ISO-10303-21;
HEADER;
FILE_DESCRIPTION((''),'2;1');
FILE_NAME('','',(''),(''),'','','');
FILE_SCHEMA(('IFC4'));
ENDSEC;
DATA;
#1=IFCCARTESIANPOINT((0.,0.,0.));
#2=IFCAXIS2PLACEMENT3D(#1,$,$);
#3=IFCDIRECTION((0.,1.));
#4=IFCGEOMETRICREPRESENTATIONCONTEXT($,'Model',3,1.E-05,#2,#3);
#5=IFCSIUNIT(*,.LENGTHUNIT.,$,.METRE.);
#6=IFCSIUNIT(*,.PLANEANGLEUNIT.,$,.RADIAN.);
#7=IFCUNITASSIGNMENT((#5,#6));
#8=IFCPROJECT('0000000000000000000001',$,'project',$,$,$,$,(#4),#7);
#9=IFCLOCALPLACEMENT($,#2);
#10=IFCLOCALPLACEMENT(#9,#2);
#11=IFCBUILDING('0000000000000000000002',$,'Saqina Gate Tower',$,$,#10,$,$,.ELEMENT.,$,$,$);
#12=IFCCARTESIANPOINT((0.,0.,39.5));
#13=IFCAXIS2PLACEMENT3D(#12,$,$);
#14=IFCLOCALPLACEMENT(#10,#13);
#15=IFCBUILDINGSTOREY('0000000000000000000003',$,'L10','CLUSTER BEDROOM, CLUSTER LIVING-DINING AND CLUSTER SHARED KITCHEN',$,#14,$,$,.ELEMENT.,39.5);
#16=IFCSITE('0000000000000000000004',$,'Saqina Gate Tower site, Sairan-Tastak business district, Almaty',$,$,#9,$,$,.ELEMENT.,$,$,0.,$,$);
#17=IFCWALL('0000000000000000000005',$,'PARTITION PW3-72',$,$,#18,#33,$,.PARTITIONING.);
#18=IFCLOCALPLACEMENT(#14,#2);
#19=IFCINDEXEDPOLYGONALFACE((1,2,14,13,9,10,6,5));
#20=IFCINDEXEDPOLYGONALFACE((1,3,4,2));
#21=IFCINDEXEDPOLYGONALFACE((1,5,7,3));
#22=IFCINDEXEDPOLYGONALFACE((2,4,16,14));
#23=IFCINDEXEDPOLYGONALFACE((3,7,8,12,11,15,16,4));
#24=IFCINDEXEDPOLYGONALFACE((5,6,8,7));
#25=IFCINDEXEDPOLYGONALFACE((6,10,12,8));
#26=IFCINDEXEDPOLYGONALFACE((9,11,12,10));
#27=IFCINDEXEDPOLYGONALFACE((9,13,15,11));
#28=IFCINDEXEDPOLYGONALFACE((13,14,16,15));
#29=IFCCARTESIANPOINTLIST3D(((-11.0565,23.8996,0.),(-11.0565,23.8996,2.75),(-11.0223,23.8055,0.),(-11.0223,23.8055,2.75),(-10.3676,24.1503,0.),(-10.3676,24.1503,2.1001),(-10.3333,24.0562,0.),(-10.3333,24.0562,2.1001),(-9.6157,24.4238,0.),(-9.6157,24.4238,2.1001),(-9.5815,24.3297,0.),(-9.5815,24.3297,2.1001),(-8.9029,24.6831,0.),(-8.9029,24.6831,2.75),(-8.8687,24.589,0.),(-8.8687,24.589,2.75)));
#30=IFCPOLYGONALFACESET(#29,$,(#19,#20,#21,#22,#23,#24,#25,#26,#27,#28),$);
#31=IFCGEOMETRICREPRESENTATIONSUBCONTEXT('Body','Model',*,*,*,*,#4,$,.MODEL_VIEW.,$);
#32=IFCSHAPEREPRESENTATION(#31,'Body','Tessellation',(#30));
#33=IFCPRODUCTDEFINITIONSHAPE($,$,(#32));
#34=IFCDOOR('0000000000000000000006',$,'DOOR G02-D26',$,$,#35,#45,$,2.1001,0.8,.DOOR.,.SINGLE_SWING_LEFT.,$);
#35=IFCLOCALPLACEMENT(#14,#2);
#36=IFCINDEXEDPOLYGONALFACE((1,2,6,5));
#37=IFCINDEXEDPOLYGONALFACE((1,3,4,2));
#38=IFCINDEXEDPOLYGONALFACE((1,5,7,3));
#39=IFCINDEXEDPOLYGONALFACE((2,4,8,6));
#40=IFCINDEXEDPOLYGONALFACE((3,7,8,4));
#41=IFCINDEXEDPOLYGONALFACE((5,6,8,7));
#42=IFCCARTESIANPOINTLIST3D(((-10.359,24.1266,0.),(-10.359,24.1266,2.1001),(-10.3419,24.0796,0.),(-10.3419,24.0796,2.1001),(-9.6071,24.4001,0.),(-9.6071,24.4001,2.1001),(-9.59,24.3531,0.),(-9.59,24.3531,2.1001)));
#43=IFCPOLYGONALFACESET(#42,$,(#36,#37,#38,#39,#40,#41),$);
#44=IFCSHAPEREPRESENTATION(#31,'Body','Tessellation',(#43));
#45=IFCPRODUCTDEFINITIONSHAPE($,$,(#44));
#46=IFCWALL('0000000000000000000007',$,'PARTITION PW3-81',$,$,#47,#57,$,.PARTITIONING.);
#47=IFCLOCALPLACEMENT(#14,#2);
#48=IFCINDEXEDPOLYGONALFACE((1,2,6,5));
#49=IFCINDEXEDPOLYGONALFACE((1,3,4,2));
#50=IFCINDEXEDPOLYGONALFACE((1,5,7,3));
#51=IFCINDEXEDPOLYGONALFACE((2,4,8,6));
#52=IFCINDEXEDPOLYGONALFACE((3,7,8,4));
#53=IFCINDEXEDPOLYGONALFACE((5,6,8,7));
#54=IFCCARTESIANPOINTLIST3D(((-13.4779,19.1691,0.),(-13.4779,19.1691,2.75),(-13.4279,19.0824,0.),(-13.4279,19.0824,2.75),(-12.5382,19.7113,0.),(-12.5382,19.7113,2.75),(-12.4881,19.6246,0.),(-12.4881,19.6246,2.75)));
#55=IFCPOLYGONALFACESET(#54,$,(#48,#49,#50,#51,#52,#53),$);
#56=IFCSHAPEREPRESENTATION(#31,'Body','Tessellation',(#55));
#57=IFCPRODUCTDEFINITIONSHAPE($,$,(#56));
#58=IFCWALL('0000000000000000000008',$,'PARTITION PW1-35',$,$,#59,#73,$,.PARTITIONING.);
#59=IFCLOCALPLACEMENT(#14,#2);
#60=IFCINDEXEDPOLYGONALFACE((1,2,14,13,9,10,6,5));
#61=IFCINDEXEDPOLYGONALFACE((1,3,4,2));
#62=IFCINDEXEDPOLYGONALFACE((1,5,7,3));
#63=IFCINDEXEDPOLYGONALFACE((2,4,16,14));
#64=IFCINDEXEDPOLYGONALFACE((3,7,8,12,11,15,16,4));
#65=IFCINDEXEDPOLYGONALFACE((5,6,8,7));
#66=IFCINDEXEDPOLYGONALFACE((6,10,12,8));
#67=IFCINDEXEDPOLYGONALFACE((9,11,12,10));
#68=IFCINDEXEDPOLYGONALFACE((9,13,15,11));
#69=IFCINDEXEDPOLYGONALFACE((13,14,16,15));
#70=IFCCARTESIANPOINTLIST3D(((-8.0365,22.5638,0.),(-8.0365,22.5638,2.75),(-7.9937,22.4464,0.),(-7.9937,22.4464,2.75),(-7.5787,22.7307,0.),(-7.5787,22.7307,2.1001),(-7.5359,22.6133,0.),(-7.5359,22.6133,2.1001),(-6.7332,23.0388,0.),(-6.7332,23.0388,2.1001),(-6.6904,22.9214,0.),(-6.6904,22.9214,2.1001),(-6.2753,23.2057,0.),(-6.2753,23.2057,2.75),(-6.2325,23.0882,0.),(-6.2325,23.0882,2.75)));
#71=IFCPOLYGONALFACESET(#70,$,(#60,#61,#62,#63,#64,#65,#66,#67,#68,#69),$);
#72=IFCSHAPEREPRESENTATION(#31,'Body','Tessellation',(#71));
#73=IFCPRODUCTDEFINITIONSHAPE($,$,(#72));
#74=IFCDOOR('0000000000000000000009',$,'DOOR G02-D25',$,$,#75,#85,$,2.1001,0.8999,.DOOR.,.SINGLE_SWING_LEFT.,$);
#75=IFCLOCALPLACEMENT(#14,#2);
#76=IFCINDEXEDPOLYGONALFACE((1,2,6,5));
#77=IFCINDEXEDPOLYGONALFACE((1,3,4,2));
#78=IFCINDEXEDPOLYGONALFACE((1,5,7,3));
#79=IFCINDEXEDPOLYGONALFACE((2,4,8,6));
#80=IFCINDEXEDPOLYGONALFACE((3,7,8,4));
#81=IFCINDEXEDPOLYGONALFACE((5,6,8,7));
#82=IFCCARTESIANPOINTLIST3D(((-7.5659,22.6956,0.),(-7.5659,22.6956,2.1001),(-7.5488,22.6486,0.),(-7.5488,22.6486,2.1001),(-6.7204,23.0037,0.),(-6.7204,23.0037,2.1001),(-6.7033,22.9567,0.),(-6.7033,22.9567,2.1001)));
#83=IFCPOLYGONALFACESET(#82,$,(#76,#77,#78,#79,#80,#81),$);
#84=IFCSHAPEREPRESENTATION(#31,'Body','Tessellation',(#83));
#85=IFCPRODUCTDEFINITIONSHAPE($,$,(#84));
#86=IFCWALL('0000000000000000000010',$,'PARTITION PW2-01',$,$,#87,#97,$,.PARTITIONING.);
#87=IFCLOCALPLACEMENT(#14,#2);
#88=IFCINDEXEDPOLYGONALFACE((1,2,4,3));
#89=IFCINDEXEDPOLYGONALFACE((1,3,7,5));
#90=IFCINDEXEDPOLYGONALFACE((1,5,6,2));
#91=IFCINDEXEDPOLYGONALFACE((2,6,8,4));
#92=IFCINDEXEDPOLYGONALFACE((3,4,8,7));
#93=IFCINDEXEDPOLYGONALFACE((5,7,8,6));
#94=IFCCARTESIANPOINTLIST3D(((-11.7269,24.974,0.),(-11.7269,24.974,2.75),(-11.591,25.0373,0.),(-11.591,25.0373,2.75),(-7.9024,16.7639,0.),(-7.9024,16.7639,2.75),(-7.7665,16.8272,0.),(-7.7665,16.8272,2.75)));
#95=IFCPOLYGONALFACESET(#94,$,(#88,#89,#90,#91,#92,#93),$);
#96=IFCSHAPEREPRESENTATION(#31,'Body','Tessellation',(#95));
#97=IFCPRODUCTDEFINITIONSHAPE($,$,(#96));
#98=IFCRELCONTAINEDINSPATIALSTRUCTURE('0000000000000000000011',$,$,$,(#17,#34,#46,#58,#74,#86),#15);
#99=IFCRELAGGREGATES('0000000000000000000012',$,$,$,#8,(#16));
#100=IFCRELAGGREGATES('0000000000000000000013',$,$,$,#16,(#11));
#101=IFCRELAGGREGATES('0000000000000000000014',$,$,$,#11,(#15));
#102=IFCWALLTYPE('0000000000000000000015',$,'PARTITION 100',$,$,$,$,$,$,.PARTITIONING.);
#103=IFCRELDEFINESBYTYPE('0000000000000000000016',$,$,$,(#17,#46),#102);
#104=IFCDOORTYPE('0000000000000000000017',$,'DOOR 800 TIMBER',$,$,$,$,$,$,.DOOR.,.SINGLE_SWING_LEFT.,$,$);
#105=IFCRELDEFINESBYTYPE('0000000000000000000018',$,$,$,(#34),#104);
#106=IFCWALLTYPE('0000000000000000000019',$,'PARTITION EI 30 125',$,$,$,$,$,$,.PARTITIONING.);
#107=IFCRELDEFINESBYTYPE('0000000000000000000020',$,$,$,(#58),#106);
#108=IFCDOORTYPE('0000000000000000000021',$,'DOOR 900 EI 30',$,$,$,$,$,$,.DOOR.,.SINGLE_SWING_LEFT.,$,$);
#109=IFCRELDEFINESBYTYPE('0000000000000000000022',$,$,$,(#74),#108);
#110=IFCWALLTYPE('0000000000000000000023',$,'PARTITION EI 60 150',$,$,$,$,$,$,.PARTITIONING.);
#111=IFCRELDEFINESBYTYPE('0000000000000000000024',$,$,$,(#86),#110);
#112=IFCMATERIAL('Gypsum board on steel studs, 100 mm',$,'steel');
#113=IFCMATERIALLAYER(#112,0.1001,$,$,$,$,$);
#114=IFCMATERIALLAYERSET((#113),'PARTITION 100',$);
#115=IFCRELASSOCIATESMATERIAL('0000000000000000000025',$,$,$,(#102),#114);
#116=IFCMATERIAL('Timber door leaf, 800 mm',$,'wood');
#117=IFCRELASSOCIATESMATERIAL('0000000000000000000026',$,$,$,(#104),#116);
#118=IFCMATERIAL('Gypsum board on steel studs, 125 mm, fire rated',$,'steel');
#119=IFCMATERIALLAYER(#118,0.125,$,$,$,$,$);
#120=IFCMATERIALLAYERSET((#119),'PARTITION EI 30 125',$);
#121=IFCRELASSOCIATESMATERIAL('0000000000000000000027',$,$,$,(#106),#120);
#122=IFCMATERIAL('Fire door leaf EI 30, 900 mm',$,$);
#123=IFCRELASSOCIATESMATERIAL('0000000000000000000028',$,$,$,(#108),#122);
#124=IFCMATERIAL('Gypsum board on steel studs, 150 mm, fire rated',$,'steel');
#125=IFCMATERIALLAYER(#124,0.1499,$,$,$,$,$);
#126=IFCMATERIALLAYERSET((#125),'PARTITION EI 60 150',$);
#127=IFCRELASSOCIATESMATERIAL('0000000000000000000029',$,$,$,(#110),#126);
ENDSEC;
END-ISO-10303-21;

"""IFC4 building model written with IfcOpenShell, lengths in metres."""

from ifc_helpers import new_model, si_unit, direction, frame, frame_2d, origin, place, context, subcontext, project, spatial, rectangle, extrude, material, layer, layer_set, type_object, element, fill, save


model = new_model("IFC4")

# Units and contexts
model_context = context("Model", 3, precision=1e-05, world=origin(), true_north=direction((0.0, 1.0)))
body_context = subcontext(model_context, "Body", "Model", "MODEL_VIEW")
ifc_project = project(units=[si_unit("LENGTHUNIT", "METRE"), si_unit("PLANEANGLEUNIT", "RADIAN")], contexts=[model_context])

# Site, building, storey
site_placement = place(None, origin())
site = spatial("IfcSite", under=ifc_project, at=site_placement, Name="Saqina Gate Tower site, Sairan-Tastak business district, Almaty", CompositionType="ELEMENT", RefElevation=0.0)
building_placement = place(site_placement, origin())
building = spatial("IfcBuilding", under=site, at=building_placement, Name="Saqina Gate Tower", CompositionType="ELEMENT")
storey_placement = place(building_placement, frame((0.0, 0.0, 39.5)))
storey = spatial("IfcBuildingStorey", under=building, at=storey_placement, Name="L10", Description="CLUSTER BEDROOM, CLUSTER LIVING-DINING AND CLUSTER SHARED KITCHEN", CompositionType="ELEMENT", Elevation=39.5)

# Shared definitions
ifc_material_1 = material(Name="Gypsum board on steel studs, 100 mm", Category="steel")
ifc_layer_1 = layer(ifc_material_1, 0.1001)
ifc_layer_set_1 = layer_set([ifc_layer_1], Name="PARTITION 100")
wall_type_1 = type_object("IfcWallType", Name="PARTITION 100", PredefinedType="PARTITIONING", material=ifc_layer_set_1)

# Shared definitions
ifc_material_2 = material(Name="Timber door leaf, 800 mm", Category="wood")
door_type_1 = type_object("IfcDoorType", Name="DOOR 800 TIMBER", OperationType="SINGLE_SWING_LEFT", PredefinedType="DOOR", material=ifc_material_2)

# Wall, opening, door
wall_1_placement = place(storey_placement, frame((-11.0396, 23.8525, 0.0), z_axis=(0.0, 0.0, 1.0), x_axis=(0.939747, 0.341871, 0.0)))
wall_1 = element("IfcWall", 1, at=wall_1_placement, inside=storey, type_object=wall_type_1, Name="PARTITION PW3-72", PredefinedType="PARTITIONING", context=body_context, shape_type="SweptSolid", body=[
    extrude(rectangle(XDim=2.2917, YDim=0.1001, at=frame_2d((1.146, 0.0))), origin(), (0.0, 0.0, 1.0), 2.75),
])
opening_1_placement = place(wall_1_placement, frame((0.7334, 0.0, 0.0)))
opening_1 = element("IfcOpeningElement", 2, at=opening_1_placement, cuts=wall_1, PredefinedType="OPENING", context=body_context, shape_type="SweptSolid", body=[
    extrude(rectangle(XDim=0.8, YDim=2.1001, at=frame_2d((0.3999, 1.05))), frame((0.0, 0.062, 0.0), z_axis=(0.0, -1.0, 0.0), x_axis=(1.0, 0.0, 0.0)), (0.0, 0.0, 1.0), 0.124),
])
door_1_placement = place(opening_1_placement, origin())
door_1 = element("IfcDoor", 3, at=door_1_placement, inside=storey, type_object=door_type_1, Name="DOOR G02-D26", OperationType="SINGLE_SWING_LEFT", OverallHeight=2.1001, OverallWidth=0.8, PredefinedType="DOOR", context=body_context, shape_type="SweptSolid", body=[
    extrude(rectangle(XDim=0.8, YDim=2.1001, at=frame_2d((0.3999, 1.05))), frame((0.0, 0.0249, 0.0), z_axis=(0.0, -1.0, 0.0), x_axis=(1.0, 0.0, 0.0)), (0.0, 0.0, 1.0), 0.05),
])
fill(opening_1, door_1)

# Wall
wall_2_placement = place(storey_placement, frame((-13.4529, 19.1257, 0.0), z_axis=(0.0, 0.0, 1.0), x_axis=(0.866144, 0.499794, 0.0)))
element("IfcWall", 4, at=wall_2_placement, inside=storey, type_object=wall_type_1, Name="PARTITION PW3-81", PredefinedType="PARTITIONING", context=body_context, shape_type="SweptSolid", body=[
    extrude(rectangle(XDim=1.085, YDim=0.1001, at=frame_2d((0.5425, 0.0))), origin(), (0.0, 0.0, 1.0), 2.75),
])

# Wall, opening, door
ifc_material_3 = material(Name="Gypsum board on steel studs, 125 mm, fire rated", Category="steel")
ifc_layer_2 = layer(ifc_material_3, 0.125)
ifc_layer_set_2 = layer_set([ifc_layer_2], Name="PARTITION EI 30 125")
wall_type_2 = type_object("IfcWallType", Name="PARTITION EI 30 125", PredefinedType="PARTITIONING", material=ifc_layer_set_2)
wall_3_placement = place(storey_placement, frame((-8.0151, 22.5051, 0.0), z_axis=(0.0, 0.0, 1.0), x_axis=(0.939554, 0.342402, 0.0)))
wall_3 = element("IfcWall", 5, at=wall_3_placement, inside=storey, type_object=wall_type_2, Name="PARTITION PW1-35", PredefinedType="PARTITIONING", context=body_context, shape_type="SweptSolid", body=[
    extrude(rectangle(XDim=1.8745, YDim=0.125, at=frame_2d((0.9373, 0.0))), origin(), (0.0, 0.0, 1.0), 2.75),
])
opening_2_placement = place(wall_3_placement, frame((0.4873, 0.0, 0.0)))
opening_2 = element("IfcOpeningElement", 6, at=opening_2_placement, cuts=wall_3, PredefinedType="OPENING", context=body_context, shape_type="SweptSolid", body=[
    extrude(rectangle(XDim=0.8999, YDim=2.1001, at=frame_2d((0.45, 1.05))), frame((0.0, 0.0745, 0.0), z_axis=(0.0, -1.0, 0.0), x_axis=(1.0, 0.0, 0.0)), (0.0, 0.0, 1.0), 0.1489),
])
ifc_material_4 = material(Name="Fire door leaf EI 30, 900 mm")
door_type_2 = type_object("IfcDoorType", Name="DOOR 900 EI 30", OperationType="SINGLE_SWING_LEFT", PredefinedType="DOOR", material=ifc_material_4)
door_2_placement = place(opening_2_placement, frame((0.8999, 0.0, 0.0), z_axis=(0.0, 0.0, 1.0), x_axis=(-1.0, 0.0, 0.0)))
door_2 = element("IfcDoor", 7, at=door_2_placement, inside=storey, type_object=door_type_2, Name="DOOR G02-D25", OperationType="SINGLE_SWING_LEFT", OverallHeight=2.1001, OverallWidth=0.8999, PredefinedType="DOOR", context=body_context, shape_type="SweptSolid", body=[
    extrude(rectangle(XDim=0.8999, YDim=2.1001, at=frame_2d((0.45, 1.05))), frame((0.0, 0.0249, 0.0), z_axis=(0.0, -1.0, 0.0), x_axis=(1.0, 0.0, 0.0)), (0.0, 0.0, 1.0), 0.05),
])
fill(opening_2, door_2)

# Wall
ifc_material_5 = material(Name="Gypsum board on steel studs, 150 mm, fire rated", Category="steel")
ifc_layer_3 = layer(ifc_material_5, 0.1499)
ifc_layer_set_3 = layer_set([ifc_layer_3], Name="PARTITION EI 60 150")
wall_type_3 = type_object("IfcWallType", Name="PARTITION EI 60 150", PredefinedType="PARTITIONING", material=ifc_layer_set_3)
wall_4_placement = place(storey_placement, frame((-11.6589, 25.0056, 0.0), z_axis=(0.0, 0.0, 1.0), x_axis=(0.422264, -0.906473, 0.0)))
element("IfcWall", 8, at=wall_4_placement, inside=storey, type_object=wall_type_3, Name="PARTITION PW2-01", PredefinedType="PARTITIONING", context=body_context, shape_type="SweptSolid", body=[
    extrude(rectangle(XDim=9.0571, YDim=0.1499, at=frame_2d((4.5286, 0.0))), origin(), (0.0, 0.0, 1.0), 2.75),
])

save(model, "model.ifc")
